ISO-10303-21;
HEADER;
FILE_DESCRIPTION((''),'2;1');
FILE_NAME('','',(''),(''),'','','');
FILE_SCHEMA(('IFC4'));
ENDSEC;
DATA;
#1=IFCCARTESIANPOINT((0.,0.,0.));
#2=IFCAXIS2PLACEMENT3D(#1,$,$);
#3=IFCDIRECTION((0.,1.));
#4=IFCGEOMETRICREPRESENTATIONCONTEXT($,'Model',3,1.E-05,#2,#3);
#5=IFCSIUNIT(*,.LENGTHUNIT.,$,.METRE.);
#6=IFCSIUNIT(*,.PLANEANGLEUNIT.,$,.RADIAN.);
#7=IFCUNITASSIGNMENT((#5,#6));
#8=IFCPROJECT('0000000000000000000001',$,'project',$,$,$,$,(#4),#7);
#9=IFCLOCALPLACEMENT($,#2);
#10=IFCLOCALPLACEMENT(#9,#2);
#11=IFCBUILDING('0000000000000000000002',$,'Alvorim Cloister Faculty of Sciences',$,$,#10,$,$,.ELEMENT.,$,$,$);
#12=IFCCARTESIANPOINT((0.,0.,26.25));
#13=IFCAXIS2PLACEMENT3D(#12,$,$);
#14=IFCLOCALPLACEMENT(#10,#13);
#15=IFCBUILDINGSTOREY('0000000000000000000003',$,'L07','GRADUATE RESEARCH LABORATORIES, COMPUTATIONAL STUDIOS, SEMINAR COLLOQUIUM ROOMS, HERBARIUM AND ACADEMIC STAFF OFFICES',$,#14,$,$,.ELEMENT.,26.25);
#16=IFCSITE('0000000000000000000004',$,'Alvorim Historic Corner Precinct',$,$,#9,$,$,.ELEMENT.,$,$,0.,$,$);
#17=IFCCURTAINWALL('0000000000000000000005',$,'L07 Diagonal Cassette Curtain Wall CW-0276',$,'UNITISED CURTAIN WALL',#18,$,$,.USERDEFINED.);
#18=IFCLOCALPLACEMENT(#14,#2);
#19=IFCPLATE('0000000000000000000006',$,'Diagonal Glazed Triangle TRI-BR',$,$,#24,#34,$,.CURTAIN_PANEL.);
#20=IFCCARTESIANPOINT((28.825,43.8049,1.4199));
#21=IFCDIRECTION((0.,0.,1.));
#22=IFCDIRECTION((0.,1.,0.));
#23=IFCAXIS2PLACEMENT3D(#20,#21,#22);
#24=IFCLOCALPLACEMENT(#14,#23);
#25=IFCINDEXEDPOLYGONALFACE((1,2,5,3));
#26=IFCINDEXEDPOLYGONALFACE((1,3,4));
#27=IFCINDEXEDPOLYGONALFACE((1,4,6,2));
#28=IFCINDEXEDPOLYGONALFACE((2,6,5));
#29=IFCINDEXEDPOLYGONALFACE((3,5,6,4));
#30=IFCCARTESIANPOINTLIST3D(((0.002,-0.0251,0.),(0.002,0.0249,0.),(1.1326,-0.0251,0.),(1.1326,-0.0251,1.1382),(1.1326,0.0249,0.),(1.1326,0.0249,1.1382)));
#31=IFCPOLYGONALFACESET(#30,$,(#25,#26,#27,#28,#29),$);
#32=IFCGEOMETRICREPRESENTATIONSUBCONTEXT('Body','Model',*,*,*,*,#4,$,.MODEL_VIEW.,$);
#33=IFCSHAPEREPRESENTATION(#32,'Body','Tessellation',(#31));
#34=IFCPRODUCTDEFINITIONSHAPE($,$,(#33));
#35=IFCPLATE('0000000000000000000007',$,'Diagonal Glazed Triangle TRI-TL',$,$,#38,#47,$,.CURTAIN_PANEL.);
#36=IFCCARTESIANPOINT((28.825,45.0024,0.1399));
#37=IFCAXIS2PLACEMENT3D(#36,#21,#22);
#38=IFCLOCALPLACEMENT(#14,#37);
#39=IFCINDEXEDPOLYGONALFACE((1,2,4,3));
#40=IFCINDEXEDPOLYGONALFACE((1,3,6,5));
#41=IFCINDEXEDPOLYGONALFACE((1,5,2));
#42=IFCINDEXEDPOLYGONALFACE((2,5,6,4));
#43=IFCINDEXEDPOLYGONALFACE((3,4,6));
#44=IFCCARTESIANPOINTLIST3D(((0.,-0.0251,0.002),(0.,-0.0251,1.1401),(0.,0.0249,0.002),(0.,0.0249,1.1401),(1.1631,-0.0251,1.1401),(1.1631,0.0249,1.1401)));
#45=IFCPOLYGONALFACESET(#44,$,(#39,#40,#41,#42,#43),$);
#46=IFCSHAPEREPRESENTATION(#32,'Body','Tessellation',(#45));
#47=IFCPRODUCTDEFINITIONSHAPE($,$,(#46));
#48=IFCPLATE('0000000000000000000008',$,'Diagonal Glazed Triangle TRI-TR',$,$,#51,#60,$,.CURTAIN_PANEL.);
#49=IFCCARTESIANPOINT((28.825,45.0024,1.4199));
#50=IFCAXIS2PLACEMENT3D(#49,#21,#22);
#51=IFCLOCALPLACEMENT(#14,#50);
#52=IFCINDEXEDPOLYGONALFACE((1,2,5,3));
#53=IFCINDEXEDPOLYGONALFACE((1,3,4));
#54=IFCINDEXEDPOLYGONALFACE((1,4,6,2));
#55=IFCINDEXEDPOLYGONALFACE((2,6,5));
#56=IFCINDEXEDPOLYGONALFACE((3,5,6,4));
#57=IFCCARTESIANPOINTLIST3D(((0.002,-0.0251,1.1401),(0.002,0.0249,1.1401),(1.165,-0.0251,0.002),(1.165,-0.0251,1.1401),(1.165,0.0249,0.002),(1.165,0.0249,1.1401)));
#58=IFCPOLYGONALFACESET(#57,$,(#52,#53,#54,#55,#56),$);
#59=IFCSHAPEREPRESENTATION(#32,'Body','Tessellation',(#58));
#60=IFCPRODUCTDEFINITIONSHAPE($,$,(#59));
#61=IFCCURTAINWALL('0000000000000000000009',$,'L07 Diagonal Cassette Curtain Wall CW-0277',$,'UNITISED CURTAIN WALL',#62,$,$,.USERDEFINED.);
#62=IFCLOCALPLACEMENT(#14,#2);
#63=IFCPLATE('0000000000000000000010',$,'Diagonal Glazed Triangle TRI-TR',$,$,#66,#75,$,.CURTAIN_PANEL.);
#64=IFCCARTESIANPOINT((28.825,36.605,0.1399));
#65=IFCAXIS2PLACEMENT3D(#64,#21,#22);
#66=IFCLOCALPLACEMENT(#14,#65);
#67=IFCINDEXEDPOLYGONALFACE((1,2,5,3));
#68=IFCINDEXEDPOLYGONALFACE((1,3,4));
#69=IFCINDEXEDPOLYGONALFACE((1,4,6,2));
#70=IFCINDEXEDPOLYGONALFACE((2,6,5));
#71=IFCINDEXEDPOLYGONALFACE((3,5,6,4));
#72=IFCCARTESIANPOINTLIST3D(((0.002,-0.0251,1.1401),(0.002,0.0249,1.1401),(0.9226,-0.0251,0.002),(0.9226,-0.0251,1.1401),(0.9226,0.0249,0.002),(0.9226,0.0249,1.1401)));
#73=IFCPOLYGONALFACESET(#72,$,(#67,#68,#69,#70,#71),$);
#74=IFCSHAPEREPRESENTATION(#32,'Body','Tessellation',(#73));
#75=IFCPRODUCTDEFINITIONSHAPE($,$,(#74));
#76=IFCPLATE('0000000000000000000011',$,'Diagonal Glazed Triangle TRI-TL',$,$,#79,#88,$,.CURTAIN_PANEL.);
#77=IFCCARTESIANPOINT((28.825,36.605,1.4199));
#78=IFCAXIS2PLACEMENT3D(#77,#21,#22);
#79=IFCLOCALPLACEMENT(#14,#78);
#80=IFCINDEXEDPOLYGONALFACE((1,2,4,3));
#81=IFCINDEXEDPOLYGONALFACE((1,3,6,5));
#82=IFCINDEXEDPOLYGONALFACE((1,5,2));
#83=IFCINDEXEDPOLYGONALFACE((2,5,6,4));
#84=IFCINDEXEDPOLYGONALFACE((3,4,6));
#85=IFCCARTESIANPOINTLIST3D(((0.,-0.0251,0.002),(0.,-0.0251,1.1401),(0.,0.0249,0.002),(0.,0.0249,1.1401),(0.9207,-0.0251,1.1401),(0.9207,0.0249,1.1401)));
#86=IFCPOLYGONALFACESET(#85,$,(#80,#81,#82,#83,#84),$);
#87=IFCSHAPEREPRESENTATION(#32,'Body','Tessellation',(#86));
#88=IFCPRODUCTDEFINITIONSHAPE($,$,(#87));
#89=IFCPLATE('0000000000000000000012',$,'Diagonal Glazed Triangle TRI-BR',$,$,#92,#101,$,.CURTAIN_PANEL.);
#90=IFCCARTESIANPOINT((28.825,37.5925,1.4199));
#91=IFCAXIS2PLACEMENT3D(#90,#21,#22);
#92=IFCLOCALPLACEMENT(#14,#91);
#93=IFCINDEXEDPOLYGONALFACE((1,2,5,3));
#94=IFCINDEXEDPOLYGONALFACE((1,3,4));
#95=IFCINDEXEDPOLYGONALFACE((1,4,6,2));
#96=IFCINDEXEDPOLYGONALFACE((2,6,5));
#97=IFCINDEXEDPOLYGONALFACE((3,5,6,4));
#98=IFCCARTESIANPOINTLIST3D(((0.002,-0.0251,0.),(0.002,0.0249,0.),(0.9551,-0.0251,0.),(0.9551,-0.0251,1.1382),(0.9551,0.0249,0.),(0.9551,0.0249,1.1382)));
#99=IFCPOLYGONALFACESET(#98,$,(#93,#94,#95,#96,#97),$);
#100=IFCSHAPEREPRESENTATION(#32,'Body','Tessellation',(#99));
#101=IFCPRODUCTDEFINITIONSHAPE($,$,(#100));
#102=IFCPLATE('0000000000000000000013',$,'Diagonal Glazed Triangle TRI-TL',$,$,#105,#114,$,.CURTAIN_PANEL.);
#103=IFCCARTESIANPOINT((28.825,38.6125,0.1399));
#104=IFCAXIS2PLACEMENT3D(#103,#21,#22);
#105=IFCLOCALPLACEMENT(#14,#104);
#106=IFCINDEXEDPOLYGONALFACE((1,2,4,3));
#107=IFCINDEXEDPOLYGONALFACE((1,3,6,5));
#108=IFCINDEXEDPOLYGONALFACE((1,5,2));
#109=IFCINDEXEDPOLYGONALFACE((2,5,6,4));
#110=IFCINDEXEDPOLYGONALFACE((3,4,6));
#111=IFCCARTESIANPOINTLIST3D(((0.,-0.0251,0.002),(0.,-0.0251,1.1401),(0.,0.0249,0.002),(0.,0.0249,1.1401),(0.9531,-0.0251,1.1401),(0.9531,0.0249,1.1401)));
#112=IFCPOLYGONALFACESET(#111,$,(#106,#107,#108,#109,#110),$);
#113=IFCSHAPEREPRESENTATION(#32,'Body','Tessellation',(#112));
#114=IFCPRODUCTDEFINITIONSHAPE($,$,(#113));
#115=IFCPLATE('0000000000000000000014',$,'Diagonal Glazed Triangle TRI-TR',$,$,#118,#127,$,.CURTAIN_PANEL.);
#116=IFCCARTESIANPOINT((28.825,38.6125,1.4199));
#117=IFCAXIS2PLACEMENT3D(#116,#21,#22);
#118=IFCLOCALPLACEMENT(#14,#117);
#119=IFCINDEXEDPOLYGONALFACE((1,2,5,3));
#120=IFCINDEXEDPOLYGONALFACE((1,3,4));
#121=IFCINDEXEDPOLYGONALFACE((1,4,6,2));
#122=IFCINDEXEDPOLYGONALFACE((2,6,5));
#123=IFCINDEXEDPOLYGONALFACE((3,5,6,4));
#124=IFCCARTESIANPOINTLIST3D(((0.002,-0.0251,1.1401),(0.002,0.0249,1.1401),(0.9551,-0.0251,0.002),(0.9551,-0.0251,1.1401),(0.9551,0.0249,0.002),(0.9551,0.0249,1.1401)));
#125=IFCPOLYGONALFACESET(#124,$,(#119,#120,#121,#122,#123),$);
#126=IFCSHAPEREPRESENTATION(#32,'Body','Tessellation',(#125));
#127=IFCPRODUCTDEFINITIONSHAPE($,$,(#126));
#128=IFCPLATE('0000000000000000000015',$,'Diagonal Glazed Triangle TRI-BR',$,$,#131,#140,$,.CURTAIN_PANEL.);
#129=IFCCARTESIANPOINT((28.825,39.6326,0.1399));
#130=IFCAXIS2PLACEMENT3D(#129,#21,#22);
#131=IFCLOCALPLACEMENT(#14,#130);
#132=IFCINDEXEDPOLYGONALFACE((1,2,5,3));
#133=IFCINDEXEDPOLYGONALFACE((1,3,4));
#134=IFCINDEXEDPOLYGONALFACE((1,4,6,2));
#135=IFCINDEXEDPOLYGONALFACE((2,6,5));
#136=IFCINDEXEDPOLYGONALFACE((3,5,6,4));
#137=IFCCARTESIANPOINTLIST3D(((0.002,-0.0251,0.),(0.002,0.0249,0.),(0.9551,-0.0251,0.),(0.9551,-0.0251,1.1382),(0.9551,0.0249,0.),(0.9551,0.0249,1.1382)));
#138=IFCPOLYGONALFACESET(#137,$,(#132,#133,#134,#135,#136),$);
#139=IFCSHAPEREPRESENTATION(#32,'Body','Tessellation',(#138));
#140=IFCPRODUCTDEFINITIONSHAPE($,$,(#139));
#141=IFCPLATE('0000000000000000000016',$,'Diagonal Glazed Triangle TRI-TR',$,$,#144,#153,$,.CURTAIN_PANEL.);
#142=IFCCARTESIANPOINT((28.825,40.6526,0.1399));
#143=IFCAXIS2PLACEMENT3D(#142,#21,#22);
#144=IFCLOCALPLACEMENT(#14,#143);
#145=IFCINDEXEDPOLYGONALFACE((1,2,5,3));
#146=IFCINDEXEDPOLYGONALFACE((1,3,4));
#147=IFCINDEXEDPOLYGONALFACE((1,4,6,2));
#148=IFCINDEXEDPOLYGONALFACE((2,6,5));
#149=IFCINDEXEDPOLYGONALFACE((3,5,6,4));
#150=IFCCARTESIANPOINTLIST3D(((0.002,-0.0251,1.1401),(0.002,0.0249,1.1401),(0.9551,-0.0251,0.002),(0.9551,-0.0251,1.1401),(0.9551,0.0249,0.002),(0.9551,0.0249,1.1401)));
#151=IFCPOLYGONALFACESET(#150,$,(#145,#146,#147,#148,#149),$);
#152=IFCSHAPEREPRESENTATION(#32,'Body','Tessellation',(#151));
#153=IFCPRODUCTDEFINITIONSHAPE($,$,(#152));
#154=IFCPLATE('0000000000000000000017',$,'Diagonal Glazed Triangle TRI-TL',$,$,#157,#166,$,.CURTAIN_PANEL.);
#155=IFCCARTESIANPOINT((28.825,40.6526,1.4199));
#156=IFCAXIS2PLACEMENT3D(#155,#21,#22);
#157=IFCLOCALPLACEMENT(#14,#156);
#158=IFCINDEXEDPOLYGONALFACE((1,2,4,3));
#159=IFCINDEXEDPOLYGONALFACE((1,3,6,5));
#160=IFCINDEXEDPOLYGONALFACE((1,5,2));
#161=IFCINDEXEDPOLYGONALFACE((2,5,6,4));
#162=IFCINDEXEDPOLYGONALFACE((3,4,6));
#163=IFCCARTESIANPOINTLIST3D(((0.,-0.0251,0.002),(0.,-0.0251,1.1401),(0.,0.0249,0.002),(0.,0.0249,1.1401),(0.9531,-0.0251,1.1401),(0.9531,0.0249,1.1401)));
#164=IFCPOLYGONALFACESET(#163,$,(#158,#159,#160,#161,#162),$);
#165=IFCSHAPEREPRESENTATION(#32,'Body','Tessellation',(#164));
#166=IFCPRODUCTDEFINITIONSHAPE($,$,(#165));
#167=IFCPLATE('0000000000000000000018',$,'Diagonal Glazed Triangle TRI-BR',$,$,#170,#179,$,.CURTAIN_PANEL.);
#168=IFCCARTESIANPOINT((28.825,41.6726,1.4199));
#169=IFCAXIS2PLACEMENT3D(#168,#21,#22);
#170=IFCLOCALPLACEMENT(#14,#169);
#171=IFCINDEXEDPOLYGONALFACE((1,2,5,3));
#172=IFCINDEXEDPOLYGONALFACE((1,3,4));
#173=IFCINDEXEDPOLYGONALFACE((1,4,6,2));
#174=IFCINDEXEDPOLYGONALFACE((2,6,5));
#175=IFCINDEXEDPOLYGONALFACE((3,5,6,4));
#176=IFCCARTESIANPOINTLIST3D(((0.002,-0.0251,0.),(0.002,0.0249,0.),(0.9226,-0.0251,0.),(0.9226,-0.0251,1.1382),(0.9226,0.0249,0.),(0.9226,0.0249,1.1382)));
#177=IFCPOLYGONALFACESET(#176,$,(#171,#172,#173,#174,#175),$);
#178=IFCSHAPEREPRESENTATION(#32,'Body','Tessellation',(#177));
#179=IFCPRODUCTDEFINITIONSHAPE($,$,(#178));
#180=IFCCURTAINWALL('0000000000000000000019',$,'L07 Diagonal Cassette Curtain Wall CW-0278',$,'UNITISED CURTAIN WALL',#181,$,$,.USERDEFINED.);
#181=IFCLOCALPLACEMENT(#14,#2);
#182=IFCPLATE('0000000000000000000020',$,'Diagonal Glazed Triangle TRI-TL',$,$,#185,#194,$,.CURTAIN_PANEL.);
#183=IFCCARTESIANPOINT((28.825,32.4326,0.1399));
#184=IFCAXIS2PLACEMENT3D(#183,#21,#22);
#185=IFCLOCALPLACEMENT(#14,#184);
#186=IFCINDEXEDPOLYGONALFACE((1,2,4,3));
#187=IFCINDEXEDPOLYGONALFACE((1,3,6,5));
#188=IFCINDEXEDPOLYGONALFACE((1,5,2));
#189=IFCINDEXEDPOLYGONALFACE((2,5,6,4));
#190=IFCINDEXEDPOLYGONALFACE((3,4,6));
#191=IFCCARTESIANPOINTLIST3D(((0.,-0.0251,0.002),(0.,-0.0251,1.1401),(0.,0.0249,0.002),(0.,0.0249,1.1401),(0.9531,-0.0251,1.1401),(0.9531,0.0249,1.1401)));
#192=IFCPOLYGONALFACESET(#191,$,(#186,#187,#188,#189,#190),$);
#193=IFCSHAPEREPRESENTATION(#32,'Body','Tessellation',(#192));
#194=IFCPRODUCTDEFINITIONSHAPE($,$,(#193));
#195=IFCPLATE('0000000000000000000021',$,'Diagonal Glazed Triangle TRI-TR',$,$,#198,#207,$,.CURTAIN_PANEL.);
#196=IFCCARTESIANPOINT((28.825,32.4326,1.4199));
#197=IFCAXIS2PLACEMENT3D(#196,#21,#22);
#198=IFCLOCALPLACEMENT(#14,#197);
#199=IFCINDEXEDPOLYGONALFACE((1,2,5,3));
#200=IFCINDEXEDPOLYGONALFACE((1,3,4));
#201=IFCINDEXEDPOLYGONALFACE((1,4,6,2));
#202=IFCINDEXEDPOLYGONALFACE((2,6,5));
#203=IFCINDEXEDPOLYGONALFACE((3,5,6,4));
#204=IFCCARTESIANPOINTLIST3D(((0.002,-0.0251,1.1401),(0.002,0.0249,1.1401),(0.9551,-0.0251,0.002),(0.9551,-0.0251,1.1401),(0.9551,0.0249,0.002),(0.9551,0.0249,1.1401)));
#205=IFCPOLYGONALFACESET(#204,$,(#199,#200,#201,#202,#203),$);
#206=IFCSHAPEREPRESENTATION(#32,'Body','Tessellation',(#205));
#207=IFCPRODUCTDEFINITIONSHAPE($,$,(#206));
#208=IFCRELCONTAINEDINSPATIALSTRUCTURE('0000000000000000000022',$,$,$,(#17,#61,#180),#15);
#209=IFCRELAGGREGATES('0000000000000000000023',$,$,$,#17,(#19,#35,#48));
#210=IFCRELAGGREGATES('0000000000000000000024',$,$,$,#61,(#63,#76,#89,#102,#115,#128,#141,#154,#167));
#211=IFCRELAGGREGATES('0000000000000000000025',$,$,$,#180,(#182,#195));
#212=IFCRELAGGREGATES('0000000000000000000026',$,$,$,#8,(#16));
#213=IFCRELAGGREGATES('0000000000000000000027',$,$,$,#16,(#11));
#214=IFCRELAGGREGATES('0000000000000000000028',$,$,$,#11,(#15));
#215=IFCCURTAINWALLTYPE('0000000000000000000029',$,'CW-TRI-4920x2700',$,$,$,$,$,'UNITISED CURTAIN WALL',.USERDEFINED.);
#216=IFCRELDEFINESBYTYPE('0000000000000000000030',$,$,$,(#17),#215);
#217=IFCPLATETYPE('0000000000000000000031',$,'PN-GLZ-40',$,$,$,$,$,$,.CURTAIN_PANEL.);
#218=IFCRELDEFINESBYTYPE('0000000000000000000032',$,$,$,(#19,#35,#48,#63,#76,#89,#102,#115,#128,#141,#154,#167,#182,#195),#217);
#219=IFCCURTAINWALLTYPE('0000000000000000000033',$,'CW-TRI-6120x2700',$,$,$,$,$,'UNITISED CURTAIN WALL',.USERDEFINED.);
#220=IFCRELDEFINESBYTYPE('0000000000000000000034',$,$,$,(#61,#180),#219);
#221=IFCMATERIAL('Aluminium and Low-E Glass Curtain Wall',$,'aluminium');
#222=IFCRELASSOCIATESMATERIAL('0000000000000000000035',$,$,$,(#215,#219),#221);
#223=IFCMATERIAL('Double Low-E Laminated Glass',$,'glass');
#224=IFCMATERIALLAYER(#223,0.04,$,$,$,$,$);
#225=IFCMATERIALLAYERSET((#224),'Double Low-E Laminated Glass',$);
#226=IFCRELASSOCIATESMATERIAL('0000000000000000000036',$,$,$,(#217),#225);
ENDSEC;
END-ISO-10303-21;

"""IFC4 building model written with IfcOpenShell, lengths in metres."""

from ifc_helpers import new_model, si_unit, direction, frame, origin, place, context, subcontext, project, spatial, polyline, outline, extrude, material, layer, layer_set, type_object, element, aggregate, save


model = new_model("IFC4")

# Units and contexts
model_context = context("Model", 3, precision=1e-05, world=origin(), true_north=direction((0.0, 1.0)))
body_context = subcontext(model_context, "Body", "Model", "MODEL_VIEW")
ifc_project = project(units=[si_unit("LENGTHUNIT", "METRE"), si_unit("PLANEANGLEUNIT", "RADIAN")], contexts=[model_context])

# Site, building, storey
site_placement = place(None, origin())
site = spatial("IfcSite", under=ifc_project, at=site_placement, Name="Alvorim Historic Corner Precinct", CompositionType="ELEMENT", RefElevation=0.0)
building_placement = place(site_placement, origin())
building = spatial("IfcBuilding", under=site, at=building_placement, Name="Alvorim Cloister Faculty of Sciences", CompositionType="ELEMENT")
storey_placement = place(building_placement, frame((0.0, 0.0, 26.25)))
storey = spatial("IfcBuildingStorey", under=building, at=storey_placement, Name="L07", Description="GRADUATE RESEARCH LABORATORIES, COMPUTATIONAL STUDIOS, SEMINAR COLLOQUIUM ROOMS, HERBARIUM AND ACADEMIC STAFF OFFICES", CompositionType="ELEMENT", Elevation=26.25)

# Curtain walls, plates
ifc_material_1 = material(Name="Aluminium and Low-E Glass Curtain Wall", Category="aluminium")
curtain_wall_type_1 = type_object("IfcCurtainWallType", Name="CW-TRI-4920x2700", ElementType="UNITISED CURTAIN WALL", PredefinedType="USERDEFINED", material=ifc_material_1)
curtain_wall_1_placement = place(storey_placement, origin())
curtain_wall_1 = element("IfcCurtainWall", 1, at=curtain_wall_1_placement, inside=storey, type_object=curtain_wall_type_1, Name="L07 Diagonal Cassette Curtain Wall CW-0276", ObjectType="UNITISED CURTAIN WALL", PredefinedType="USERDEFINED")
ifc_material_2 = material(Name="Double Low-E Laminated Glass", Category="glass")
ifc_layer_1 = layer(ifc_material_2, 0.04)
ifc_layer_set_1 = layer_set([ifc_layer_1], Name="Double Low-E Laminated Glass")
plate_type_1 = type_object("IfcPlateType", Name="PN-GLZ-40", PredefinedType="CURTAIN_PANEL", material=ifc_layer_set_1)
plate_1_placement = place(storey_placement, frame((28.825, 43.8049, 1.4199), z_axis=(0.0, 0.0, 1.0), x_axis=(0.0, 1.0, 0.0)))
plate_1 = element("IfcPlate", 2, at=plate_1_placement, type_object=plate_type_1, Name="Diagonal Glazed Triangle TRI-BR", PredefinedType="CURTAIN_PANEL", context=body_context, shape_type="SweptSolid", body=[
    extrude(outline(polyline([(0.002, 0.0), (1.1326, 0.0), (1.1326, 1.1382), (0.002, 0.0)])), frame((0.0, 0.0249, 0.0), z_axis=(0.0, -1.0, 0.0), x_axis=(1.0, 0.0, 0.0)), (0.0, 0.0, 1.0), 0.05),
])
plate_2_placement = place(storey_placement, frame((28.825, 45.0024, 0.1399), z_axis=(0.0, 0.0, 1.0), x_axis=(0.0, 1.0, 0.0)))
plate_2 = element("IfcPlate", 3, at=plate_2_placement, type_object=plate_type_1, Name="Diagonal Glazed Triangle TRI-TL", PredefinedType="CURTAIN_PANEL", context=body_context, shape_type="SweptSolid", body=[
    extrude(outline(polyline([(1.1631, 1.1401), (0.0, 1.1401), (0.0, 0.002), (1.1631, 1.1401)])), frame((0.0, 0.0249, 0.0), z_axis=(0.0, -1.0, 0.0), x_axis=(1.0, 0.0, 0.0)), (0.0, 0.0, 1.0), 0.05),
])
plate_3_placement = place(storey_placement, frame((28.825, 45.0024, 1.4199), z_axis=(0.0, 0.0, 1.0), x_axis=(0.0, 1.0, 0.0)))
plate_3 = element("IfcPlate", 4, at=plate_3_placement, type_object=plate_type_1, Name="Diagonal Glazed Triangle TRI-TR", PredefinedType="CURTAIN_PANEL", context=body_context, shape_type="SweptSolid", body=[
    extrude(outline(polyline([(1.165, 0.002), (1.165, 1.1401), (0.002, 1.1401), (1.165, 0.002)])), frame((0.0, 0.0249, 0.0), z_axis=(0.0, -1.0, 0.0), x_axis=(1.0, 0.0, 0.0)), (0.0, 0.0, 1.0), 0.05),
])
aggregate(curtain_wall_1, [plate_1, plate_2, plate_3])
curtain_wall_type_2 = type_object("IfcCurtainWallType", Name="CW-TRI-6120x2700", ElementType="UNITISED CURTAIN WALL", PredefinedType="USERDEFINED", material=ifc_material_1)
curtain_wall_2_placement = place(storey_placement, origin())
curtain_wall_2 = element("IfcCurtainWall", 5, at=curtain_wall_2_placement, inside=storey, type_object=curtain_wall_type_2, Name="L07 Diagonal Cassette Curtain Wall CW-0277", ObjectType="UNITISED CURTAIN WALL", PredefinedType="USERDEFINED")
plate_4_placement = place(storey_placement, frame((28.825, 36.605, 0.1399), z_axis=(0.0, 0.0, 1.0), x_axis=(0.0, 1.0, 0.0)))
plate_4 = element("IfcPlate", 6, at=plate_4_placement, type_object=plate_type_1, Name="Diagonal Glazed Triangle TRI-TR", PredefinedType="CURTAIN_PANEL", context=body_context, shape_type="SweptSolid", body=[
    extrude(outline(polyline([(0.9226, 0.002), (0.9226, 1.1401), (0.002, 1.1401), (0.9226, 0.002)])), frame((0.0, 0.0249, 0.0), z_axis=(0.0, -1.0, 0.0), x_axis=(1.0, 0.0, 0.0)), (0.0, 0.0, 1.0), 0.05),
])
plate_5_placement = place(storey_placement, frame((28.825, 36.605, 1.4199), z_axis=(0.0, 0.0, 1.0), x_axis=(0.0, 1.0, 0.0)))
plate_5 = element("IfcPlate", 7, at=plate_5_placement, type_object=plate_type_1, Name="Diagonal Glazed Triangle TRI-TL", PredefinedType="CURTAIN_PANEL", context=body_context, shape_type="SweptSolid", body=[
    extrude(outline(polyline([(0.9207, 1.1401), (0.0, 1.1401), (0.0, 0.002), (0.9207, 1.1401)])), frame((0.0, 0.0249, 0.0), z_axis=(0.0, -1.0, 0.0), x_axis=(1.0, 0.0, 0.0)), (0.0, 0.0, 1.0), 0.05),
])
plate_6_placement = place(storey_placement, frame((28.825, 37.5925, 1.4199), z_axis=(0.0, 0.0, 1.0), x_axis=(0.0, 1.0, 0.0)))
plate_6 = element("IfcPlate", 8, at=plate_6_placement, type_object=plate_type_1, Name="Diagonal Glazed Triangle TRI-BR", PredefinedType="CURTAIN_PANEL", context=body_context, shape_type="SweptSolid", body=[
    extrude(outline(polyline([(0.002, 0.0), (0.9551, 0.0), (0.9551, 1.1382), (0.002, 0.0)])), frame((0.0, 0.0249, 0.0), z_axis=(0.0, -1.0, 0.0), x_axis=(1.0, 0.0, 0.0)), (0.0, 0.0, 1.0), 0.05),
])
plate_7_placement = place(storey_placement, frame((28.825, 38.6125, 0.1399), z_axis=(0.0, 0.0, 1.0), x_axis=(0.0, 1.0, 0.0)))
plate_7 = element("IfcPlate", 9, at=plate_7_placement, type_object=plate_type_1, Name="Diagonal Glazed Triangle TRI-TL", PredefinedType="CURTAIN_PANEL", context=body_context, shape_type="SweptSolid", body=[
    extrude(outline(polyline([(0.9531, 1.1401), (0.0, 1.1401), (0.0, 0.002), (0.9531, 1.1401)])), frame((0.0, 0.0249, 0.0), z_axis=(0.0, -1.0, 0.0), x_axis=(1.0, 0.0, 0.0)), (0.0, 0.0, 1.0), 0.05),
])
plate_8_placement = place(storey_placement, frame((28.825, 38.6125, 1.4199), z_axis=(0.0, 0.0, 1.0), x_axis=(0.0, 1.0, 0.0)))
plate_8 = element("IfcPlate", 10, at=plate_8_placement, type_object=plate_type_1, Name="Diagonal Glazed Triangle TRI-TR", PredefinedType="CURTAIN_PANEL", context=body_context, shape_type="SweptSolid", body=[
    extrude(outline(polyline([(0.9551, 0.002), (0.9551, 1.1401), (0.002, 1.1401), (0.9551, 0.002)])), frame((0.0, 0.0249, 0.0), z_axis=(0.0, -1.0, 0.0), x_axis=(1.0, 0.0, 0.0)), (0.0, 0.0, 1.0), 0.05),
])
plate_9_placement = place(storey_placement, frame((28.825, 39.6326, 0.1399), z_axis=(0.0, 0.0, 1.0), x_axis=(0.0, 1.0, 0.0)))
plate_9 = element("IfcPlate", 11, at=plate_9_placement, type_object=plate_type_1, Name="Diagonal Glazed Triangle TRI-BR", PredefinedType="CURTAIN_PANEL", context=body_context, shape_type="SweptSolid", body=[
    extrude(outline(polyline([(0.002, 0.0), (0.9551, 0.0), (0.9551, 1.1382), (0.002, 0.0)])), frame((0.0, 0.0249, 0.0), z_axis=(0.0, -1.0, 0.0), x_axis=(1.0, 0.0, 0.0)), (0.0, 0.0, 1.0), 0.05),
])
plate_10_placement = place(storey_placement, frame((28.825, 40.6526, 0.1399), z_axis=(0.0, 0.0, 1.0), x_axis=(0.0, 1.0, 0.0)))
plate_10 = element("IfcPlate", 12, at=plate_10_placement, type_object=plate_type_1, Name="Diagonal Glazed Triangle TRI-TR", PredefinedType="CURTAIN_PANEL", context=body_context, shape_type="SweptSolid", body=[
    extrude(outline(polyline([(0.9551, 0.002), (0.9551, 1.1401), (0.002, 1.1401), (0.9551, 0.002)])), frame((0.0, 0.0249, 0.0), z_axis=(0.0, -1.0, 0.0), x_axis=(1.0, 0.0, 0.0)), (0.0, 0.0, 1.0), 0.05),
])
plate_11_placement = place(storey_placement, frame((28.825, 40.6526, 1.4199), z_axis=(0.0, 0.0, 1.0), x_axis=(0.0, 1.0, 0.0)))
plate_11 = element("IfcPlate", 13, at=plate_11_placement, type_object=plate_type_1, Name="Diagonal Glazed Triangle TRI-TL", PredefinedType="CURTAIN_PANEL", context=body_context, shape_type="SweptSolid", body=[
    extrude(outline(polyline([(0.9531, 1.1401), (0.0, 1.1401), (0.0, 0.002), (0.9531, 1.1401)])), frame((0.0, 0.0249, 0.0), z_axis=(0.0, -1.0, 0.0), x_axis=(1.0, 0.0, 0.0)), (0.0, 0.0, 1.0), 0.05),
])
plate_12_placement = place(storey_placement, frame((28.825, 41.6726, 1.4199), z_axis=(0.0, 0.0, 1.0), x_axis=(0.0, 1.0, 0.0)))
plate_12 = element("IfcPlate", 14, at=plate_12_placement, type_object=plate_type_1, Name="Diagonal Glazed Triangle TRI-BR", PredefinedType="CURTAIN_PANEL", context=body_context, shape_type="SweptSolid", body=[
    extrude(outline(polyline([(0.002, 0.0), (0.9226, 0.0), (0.9226, 1.1382), (0.002, 0.0)])), frame((0.0, 0.0249, 0.0), z_axis=(0.0, -1.0, 0.0), x_axis=(1.0, 0.0, 0.0)), (0.0, 0.0, 1.0), 0.05),
])
aggregate(curtain_wall_2, [plate_4, plate_5, plate_6, plate_7, plate_8, plate_9, plate_10, plate_11, plate_12])
curtain_wall_3_placement = place(storey_placement, origin())
curtain_wall_3 = element("IfcCurtainWall", 15, at=curtain_wall_3_placement, inside=storey, type_object=curtain_wall_type_2, Name="L07 Diagonal Cassette Curtain Wall CW-0278", ObjectType="UNITISED CURTAIN WALL", PredefinedType="USERDEFINED")
plate_13_placement = place(storey_placement, frame((28.825, 32.4326, 0.1399), z_axis=(0.0, 0.0, 1.0), x_axis=(0.0, 1.0, 0.0)))
plate_13 = element("IfcPlate", 16, at=plate_13_placement, type_object=plate_type_1, Name="Diagonal Glazed Triangle TRI-TL", PredefinedType="CURTAIN_PANEL", context=body_context, shape_type="SweptSolid", body=[
    extrude(outline(polyline([(0.9531, 1.1401), (0.0, 1.1401), (0.0, 0.002), (0.9531, 1.1401)])), frame((0.0, 0.0249, 0.0), z_axis=(0.0, -1.0, 0.0), x_axis=(1.0, 0.0, 0.0)), (0.0, 0.0, 1.0), 0.05),
])
plate_14_placement = place(storey_placement, frame((28.825, 32.4326, 1.4199), z_axis=(0.0, 0.0, 1.0), x_axis=(0.0, 1.0, 0.0)))
plate_14 = element("IfcPlate", 17, at=plate_14_placement, type_object=plate_type_1, Name="Diagonal Glazed Triangle TRI-TR", PredefinedType="CURTAIN_PANEL", context=body_context, shape_type="SweptSolid", body=[
    extrude(outline(polyline([(0.9551, 0.002), (0.9551, 1.1401), (0.002, 1.1401), (0.9551, 0.002)])), frame((0.0, 0.0249, 0.0), z_axis=(0.0, -1.0, 0.0), x_axis=(1.0, 0.0, 0.0)), (0.0, 0.0, 1.0), 0.05),
])
aggregate(curtain_wall_3, [plate_13, plate_14])

save(model, "model.ifc")
